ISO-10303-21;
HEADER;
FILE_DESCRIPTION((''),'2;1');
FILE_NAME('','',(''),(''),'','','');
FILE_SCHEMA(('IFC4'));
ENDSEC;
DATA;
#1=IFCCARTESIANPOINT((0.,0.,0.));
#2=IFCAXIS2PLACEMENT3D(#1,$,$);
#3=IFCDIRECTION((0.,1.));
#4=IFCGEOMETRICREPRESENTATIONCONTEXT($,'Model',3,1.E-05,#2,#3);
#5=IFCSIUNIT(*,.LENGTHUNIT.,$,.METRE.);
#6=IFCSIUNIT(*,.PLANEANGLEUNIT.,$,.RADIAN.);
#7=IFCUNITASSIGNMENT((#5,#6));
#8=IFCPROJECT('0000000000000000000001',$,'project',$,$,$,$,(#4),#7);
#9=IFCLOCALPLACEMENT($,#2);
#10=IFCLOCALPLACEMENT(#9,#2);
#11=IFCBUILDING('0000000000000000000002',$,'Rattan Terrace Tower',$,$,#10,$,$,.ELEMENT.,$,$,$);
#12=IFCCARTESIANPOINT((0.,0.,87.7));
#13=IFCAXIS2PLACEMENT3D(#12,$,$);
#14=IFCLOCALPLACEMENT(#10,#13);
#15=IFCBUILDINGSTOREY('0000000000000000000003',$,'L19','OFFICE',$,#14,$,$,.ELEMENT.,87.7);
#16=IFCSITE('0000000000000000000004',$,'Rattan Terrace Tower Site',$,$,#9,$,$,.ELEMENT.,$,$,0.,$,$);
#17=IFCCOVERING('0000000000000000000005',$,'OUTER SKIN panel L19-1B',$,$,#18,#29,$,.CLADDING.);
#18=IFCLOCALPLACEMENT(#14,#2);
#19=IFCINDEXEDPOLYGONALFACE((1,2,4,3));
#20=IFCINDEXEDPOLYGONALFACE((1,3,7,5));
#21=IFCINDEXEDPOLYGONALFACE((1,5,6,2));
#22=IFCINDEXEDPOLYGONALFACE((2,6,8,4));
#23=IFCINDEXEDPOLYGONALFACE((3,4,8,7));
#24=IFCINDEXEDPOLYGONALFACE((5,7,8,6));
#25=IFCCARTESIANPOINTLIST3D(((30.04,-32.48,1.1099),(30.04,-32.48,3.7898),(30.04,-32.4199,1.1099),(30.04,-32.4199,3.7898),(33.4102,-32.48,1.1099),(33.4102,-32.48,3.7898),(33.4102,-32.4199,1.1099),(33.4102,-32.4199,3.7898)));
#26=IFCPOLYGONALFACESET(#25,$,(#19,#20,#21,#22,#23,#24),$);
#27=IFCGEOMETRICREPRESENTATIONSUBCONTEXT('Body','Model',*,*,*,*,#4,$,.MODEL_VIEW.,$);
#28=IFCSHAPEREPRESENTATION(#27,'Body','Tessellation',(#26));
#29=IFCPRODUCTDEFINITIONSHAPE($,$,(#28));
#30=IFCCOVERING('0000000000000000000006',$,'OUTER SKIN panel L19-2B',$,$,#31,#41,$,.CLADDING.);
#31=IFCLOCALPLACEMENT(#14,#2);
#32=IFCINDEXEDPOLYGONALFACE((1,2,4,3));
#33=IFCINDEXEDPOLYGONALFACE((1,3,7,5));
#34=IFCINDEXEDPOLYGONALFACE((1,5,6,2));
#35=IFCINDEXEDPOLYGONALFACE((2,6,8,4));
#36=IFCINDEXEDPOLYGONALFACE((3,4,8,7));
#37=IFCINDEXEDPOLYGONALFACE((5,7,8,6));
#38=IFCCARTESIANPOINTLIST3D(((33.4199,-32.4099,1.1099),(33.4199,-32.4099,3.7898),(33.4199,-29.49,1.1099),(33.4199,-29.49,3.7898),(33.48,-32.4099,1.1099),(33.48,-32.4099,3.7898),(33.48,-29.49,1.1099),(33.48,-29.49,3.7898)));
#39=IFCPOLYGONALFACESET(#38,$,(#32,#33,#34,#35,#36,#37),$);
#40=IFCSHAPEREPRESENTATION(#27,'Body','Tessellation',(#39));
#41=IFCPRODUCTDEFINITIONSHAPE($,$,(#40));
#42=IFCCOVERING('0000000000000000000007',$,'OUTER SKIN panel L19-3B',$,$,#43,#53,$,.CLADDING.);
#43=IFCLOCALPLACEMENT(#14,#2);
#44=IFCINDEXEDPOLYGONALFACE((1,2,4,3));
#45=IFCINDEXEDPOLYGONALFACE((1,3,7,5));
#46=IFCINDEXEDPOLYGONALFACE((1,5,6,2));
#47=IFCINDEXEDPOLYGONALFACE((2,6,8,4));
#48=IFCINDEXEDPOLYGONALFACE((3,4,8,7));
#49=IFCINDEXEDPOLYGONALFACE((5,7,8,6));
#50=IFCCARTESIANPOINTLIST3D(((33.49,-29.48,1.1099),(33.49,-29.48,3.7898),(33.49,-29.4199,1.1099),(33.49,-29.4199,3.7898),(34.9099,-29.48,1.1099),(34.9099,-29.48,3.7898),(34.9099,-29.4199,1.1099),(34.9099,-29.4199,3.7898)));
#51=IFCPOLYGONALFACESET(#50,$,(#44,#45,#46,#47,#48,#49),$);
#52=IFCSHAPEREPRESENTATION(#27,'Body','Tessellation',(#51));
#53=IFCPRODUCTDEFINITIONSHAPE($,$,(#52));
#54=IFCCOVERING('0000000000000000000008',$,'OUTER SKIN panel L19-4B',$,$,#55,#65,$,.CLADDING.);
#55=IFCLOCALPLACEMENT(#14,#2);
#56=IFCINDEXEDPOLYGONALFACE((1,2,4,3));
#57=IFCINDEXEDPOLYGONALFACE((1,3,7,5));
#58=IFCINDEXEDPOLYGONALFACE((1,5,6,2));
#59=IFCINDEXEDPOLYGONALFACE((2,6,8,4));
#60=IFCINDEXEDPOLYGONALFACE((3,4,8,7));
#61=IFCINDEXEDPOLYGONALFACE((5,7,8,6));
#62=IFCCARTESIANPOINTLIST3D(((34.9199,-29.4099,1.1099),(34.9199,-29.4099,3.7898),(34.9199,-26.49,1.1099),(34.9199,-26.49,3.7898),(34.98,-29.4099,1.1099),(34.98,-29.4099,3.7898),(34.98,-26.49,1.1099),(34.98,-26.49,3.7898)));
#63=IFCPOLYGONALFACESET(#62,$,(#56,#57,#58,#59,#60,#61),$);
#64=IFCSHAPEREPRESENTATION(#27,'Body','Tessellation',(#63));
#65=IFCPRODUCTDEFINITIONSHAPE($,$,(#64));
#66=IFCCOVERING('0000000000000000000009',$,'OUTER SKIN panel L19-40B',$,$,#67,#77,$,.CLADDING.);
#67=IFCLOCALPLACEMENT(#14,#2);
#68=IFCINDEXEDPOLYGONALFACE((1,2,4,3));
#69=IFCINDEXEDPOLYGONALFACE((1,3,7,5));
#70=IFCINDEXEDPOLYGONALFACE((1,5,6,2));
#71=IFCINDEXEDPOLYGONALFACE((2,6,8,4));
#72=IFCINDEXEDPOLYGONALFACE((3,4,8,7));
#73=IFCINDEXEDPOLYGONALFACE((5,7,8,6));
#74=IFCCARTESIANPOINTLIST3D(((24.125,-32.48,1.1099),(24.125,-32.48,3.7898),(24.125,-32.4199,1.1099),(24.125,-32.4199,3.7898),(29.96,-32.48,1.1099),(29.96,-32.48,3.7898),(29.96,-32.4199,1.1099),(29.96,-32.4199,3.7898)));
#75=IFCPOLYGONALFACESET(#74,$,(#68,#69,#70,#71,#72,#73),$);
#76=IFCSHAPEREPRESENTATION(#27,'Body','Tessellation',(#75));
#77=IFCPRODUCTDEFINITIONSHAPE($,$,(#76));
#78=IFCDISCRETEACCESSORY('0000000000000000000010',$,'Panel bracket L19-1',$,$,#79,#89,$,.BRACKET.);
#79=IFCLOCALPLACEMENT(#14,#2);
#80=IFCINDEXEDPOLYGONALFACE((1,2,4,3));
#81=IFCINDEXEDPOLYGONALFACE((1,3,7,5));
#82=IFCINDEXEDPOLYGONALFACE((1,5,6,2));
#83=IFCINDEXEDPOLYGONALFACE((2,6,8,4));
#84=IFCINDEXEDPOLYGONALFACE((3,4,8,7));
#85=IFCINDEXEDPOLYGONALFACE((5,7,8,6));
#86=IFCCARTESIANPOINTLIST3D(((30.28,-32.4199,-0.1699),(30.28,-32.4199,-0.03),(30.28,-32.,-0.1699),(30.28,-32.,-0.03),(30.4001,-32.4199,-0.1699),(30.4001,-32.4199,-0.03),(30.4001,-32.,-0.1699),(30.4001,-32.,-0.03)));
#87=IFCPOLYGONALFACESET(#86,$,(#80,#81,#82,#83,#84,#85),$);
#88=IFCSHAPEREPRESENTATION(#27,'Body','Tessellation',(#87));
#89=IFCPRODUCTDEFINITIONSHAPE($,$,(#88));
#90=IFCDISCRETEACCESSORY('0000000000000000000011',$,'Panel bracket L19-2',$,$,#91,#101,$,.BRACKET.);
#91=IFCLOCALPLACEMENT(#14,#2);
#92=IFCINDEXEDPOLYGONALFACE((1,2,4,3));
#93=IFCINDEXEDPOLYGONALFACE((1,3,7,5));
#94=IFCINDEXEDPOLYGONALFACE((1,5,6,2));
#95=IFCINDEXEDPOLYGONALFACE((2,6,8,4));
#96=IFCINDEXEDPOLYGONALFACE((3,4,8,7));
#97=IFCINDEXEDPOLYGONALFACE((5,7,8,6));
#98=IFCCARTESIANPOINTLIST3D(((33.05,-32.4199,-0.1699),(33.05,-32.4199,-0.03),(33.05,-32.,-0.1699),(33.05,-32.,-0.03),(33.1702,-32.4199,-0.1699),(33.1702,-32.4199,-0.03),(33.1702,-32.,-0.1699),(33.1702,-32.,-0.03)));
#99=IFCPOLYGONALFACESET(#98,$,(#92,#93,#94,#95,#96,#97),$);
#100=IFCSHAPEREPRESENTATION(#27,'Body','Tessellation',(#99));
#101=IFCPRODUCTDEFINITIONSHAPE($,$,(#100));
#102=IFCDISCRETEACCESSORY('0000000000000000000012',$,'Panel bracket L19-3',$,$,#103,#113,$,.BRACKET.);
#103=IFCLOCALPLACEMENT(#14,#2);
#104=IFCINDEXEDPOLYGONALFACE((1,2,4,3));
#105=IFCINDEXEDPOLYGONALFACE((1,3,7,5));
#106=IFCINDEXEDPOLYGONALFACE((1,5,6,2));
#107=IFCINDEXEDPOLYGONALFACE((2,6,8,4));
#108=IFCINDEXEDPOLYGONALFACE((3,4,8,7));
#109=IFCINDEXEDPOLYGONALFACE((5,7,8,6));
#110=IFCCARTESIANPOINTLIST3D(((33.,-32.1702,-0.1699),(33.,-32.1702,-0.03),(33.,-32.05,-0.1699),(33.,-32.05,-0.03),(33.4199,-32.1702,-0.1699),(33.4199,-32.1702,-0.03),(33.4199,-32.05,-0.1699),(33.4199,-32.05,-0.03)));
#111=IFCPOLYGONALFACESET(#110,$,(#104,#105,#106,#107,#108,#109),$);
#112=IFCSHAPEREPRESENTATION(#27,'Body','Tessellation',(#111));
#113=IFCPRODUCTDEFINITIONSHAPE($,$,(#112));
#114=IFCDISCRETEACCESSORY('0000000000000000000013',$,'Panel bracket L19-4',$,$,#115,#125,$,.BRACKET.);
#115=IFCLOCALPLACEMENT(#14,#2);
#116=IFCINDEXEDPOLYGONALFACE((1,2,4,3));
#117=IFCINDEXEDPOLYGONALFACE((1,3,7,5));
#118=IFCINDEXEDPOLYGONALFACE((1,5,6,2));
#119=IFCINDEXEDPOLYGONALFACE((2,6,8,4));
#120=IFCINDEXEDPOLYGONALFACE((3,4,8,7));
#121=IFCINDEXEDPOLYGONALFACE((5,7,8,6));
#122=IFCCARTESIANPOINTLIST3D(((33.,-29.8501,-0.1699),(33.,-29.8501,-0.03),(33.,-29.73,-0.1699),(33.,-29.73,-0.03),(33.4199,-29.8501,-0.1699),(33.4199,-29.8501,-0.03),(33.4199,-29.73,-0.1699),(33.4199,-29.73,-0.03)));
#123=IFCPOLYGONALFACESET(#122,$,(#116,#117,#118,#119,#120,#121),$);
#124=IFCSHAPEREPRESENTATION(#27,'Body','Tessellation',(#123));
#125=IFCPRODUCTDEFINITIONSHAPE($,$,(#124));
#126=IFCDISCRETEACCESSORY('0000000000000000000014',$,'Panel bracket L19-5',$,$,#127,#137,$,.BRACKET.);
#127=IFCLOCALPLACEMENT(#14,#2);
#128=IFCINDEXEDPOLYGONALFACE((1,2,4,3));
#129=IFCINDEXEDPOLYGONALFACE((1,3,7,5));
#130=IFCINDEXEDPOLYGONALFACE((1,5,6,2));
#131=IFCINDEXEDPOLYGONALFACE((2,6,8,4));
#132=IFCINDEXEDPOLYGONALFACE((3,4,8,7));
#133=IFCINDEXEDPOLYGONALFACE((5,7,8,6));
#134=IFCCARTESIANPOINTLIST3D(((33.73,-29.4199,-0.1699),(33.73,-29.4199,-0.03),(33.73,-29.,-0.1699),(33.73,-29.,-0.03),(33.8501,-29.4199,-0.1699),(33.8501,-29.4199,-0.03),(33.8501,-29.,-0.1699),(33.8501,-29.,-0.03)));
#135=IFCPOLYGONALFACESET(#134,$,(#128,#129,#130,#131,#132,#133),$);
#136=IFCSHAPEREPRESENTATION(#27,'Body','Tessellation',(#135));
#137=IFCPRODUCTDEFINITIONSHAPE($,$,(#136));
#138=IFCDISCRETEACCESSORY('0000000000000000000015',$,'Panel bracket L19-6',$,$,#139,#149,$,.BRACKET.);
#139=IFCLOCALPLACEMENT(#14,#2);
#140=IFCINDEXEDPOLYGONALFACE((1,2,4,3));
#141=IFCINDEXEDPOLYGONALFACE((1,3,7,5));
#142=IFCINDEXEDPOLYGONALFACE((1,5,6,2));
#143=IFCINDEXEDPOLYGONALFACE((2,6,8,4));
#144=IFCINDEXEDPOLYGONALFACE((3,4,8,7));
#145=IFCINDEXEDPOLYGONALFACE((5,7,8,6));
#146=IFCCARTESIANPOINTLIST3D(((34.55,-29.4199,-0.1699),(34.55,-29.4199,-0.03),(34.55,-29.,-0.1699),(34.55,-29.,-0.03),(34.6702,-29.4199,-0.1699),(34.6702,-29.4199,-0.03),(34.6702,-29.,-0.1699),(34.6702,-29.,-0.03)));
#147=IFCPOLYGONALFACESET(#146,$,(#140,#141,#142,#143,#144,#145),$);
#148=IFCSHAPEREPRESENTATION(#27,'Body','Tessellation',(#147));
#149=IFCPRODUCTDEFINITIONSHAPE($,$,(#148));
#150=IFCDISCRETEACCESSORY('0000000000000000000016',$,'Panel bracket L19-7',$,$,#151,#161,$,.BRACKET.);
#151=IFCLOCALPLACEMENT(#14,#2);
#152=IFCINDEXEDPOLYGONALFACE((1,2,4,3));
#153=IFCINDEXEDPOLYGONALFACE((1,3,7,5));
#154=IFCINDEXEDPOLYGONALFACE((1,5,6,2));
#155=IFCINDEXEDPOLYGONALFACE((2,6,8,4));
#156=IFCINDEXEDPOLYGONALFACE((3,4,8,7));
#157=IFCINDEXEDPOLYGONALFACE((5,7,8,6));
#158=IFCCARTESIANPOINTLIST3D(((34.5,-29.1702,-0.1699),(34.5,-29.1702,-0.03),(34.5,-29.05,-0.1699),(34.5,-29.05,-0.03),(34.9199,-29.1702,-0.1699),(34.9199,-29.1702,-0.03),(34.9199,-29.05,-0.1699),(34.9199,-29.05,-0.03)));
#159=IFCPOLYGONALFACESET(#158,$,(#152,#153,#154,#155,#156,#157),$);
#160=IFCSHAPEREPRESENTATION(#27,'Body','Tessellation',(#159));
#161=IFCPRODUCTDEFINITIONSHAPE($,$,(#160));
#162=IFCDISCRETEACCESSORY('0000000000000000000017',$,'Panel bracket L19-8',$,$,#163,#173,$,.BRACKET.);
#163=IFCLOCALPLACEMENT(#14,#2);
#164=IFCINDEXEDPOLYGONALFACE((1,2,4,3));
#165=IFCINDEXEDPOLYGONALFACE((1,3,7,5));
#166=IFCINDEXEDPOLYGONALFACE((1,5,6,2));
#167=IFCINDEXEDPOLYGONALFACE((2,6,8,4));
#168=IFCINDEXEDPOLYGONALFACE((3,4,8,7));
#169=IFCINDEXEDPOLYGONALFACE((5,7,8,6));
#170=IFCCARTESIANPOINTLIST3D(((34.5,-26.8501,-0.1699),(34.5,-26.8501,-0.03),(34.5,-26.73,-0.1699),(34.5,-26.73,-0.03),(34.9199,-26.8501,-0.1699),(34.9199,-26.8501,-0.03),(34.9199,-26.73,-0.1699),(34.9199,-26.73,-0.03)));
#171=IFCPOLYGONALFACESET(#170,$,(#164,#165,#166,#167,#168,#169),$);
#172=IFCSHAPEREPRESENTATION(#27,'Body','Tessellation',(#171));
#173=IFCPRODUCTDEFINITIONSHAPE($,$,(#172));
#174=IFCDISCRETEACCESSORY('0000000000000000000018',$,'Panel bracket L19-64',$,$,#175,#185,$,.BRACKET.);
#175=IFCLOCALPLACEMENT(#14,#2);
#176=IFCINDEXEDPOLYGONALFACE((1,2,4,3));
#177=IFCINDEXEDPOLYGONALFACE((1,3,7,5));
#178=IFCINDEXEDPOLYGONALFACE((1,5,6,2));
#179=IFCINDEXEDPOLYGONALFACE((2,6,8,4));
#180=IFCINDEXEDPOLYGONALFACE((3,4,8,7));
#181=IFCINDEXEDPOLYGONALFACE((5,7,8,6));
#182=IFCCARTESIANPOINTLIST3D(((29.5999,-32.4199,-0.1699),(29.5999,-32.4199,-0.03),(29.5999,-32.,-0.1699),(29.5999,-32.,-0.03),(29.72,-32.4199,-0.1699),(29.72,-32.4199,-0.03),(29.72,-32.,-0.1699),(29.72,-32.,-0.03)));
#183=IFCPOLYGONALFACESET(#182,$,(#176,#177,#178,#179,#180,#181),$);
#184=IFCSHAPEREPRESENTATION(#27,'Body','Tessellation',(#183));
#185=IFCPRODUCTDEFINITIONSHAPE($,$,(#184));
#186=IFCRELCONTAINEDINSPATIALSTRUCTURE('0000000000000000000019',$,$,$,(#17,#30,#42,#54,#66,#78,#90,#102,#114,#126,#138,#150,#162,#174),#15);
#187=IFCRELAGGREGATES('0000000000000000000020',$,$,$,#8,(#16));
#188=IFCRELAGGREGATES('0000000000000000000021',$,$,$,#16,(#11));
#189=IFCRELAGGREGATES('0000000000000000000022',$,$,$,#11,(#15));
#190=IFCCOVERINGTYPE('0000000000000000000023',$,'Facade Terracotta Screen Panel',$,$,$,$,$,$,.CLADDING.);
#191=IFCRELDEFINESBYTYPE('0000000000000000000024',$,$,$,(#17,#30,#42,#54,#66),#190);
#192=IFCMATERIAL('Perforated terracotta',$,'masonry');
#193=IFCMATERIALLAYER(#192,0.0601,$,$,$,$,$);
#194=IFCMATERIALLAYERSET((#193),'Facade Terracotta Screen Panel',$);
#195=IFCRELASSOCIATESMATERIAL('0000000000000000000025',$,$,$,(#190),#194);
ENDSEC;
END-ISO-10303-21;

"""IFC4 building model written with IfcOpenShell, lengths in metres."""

from ifc_helpers import new_model, si_unit, direction, frame, origin, origin_2d, place, context, subcontext, project, spatial, rectangle, extrude, material, layer, layer_set, type_object, element, save


model = new_model("IFC4")

# Units and contexts
model_context = context("Model", 3, precision=1e-05, world=origin(), true_north=direction((0.0, 1.0)))
body_context = subcontext(model_context, "Body", "Model", "MODEL_VIEW")
ifc_project = project(units=[si_unit("LENGTHUNIT", "METRE"), si_unit("PLANEANGLEUNIT", "RADIAN")], contexts=[model_context])

# Site, building, storey
site_placement = place(None, origin())
site = spatial("IfcSite", under=ifc_project, at=site_placement, Name="Rattan Terrace Tower Site", CompositionType="ELEMENT", RefElevation=0.0)
building_placement = place(site_placement, origin())
building = spatial("IfcBuilding", under=site, at=building_placement, Name="Rattan Terrace Tower", CompositionType="ELEMENT")
storey_placement = place(building_placement, frame((0.0, 0.0, 87.7)))
storey = spatial("IfcBuildingStorey", under=building, at=storey_placement, Name="L19", Description="OFFICE", CompositionType="ELEMENT", Elevation=87.7)

# Coverings
ifc_material_1 = material(Name="Perforated terracotta", Category="masonry")
ifc_layer_1 = layer(ifc_material_1, 0.0601)
ifc_layer_set_1 = layer_set([ifc_layer_1], Name="Facade Terracotta Screen Panel")
covering_type_1 = type_object("IfcCoveringType", Name="Facade Terracotta Screen Panel", PredefinedType="CLADDING", material=ifc_layer_set_1)
covering_1_placement = place(storey_placement, frame((31.7251, -32.45, 1.1099), z_axis=(0.0, 0.0, 1.0), x_axis=(1.0, 0.0, 0.0)))
element("IfcCovering", 1, at=covering_1_placement, inside=storey, type_object=covering_type_1, Name="OUTER SKIN panel L19-1B", PredefinedType="CLADDING", context=body_context, shape_type="SweptSolid", body=[
    extrude(rectangle(XDim=3.3701, YDim=0.0601, at=origin_2d()), origin(), (0.0, 0.0, 1.0), 2.6799),
])
covering_2_placement = place(storey_placement, frame((33.45, -30.95, 1.1099), z_axis=(0.0, 0.0, 1.0), x_axis=(0.0, 1.0, 0.0)))
element("IfcCovering", 2, at=covering_2_placement, inside=storey, type_object=covering_type_1, Name="OUTER SKIN panel L19-2B", PredefinedType="CLADDING", context=body_context, shape_type="SweptSolid", body=[
    extrude(rectangle(XDim=2.9199, YDim=0.0601, at=origin_2d()), origin(), (0.0, 0.0, 1.0), 2.6799),
])
covering_3_placement = place(storey_placement, frame((34.2, -29.45, 1.1099), z_axis=(0.0, 0.0, 1.0), x_axis=(1.0, 0.0, 0.0)))
element("IfcCovering", 3, at=covering_3_placement, inside=storey, type_object=covering_type_1, Name="OUTER SKIN panel L19-3B", PredefinedType="CLADDING", context=body_context, shape_type="SweptSolid", body=[
    extrude(rectangle(XDim=1.4199, YDim=0.0601, at=origin_2d()), origin(), (0.0, 0.0, 1.0), 2.6799),
])
covering_4_placement = place(storey_placement, frame((34.95, -27.95, 1.1099), z_axis=(0.0, 0.0, 1.0), x_axis=(0.0, 1.0, 0.0)))
element("IfcCovering", 4, at=covering_4_placement, inside=storey, type_object=covering_type_1, Name="OUTER SKIN panel L19-4B", PredefinedType="CLADDING", context=body_context, shape_type="SweptSolid", body=[
    extrude(rectangle(XDim=2.9199, YDim=0.0601, at=origin_2d()), origin(), (0.0, 0.0, 1.0), 2.6799),
])
covering_5_placement = place(storey_placement, frame((27.0425, -32.45, 1.1099), z_axis=(0.0, 0.0, 1.0), x_axis=(1.0, 0.0, 0.0)))
element("IfcCovering", 5, at=covering_5_placement, inside=storey, type_object=covering_type_1, Name="OUTER SKIN panel L19-40B", PredefinedType="CLADDING", context=body_context, shape_type="SweptSolid", body=[
    extrude(rectangle(XDim=5.835, YDim=0.0601, at=origin_2d()), origin(), (0.0, 0.0, 1.0), 2.6799),
])

# Discrete accessories
for number, where, z_axis, x_axis, name in (
    (6, (30.3401, -32.21, -0.1699), (0.0, 0.0, 1.0), (1.0, 0.0, 0.0), "Panel bracket L19-1"),
    (7, (33.1101, -32.21, -0.1699), (0.0, 0.0, 1.0), (1.0, 0.0, 0.0), "Panel bracket L19-2"),
    (8, (33.21, -32.1101, -0.1699), (0.0, 0.0, 1.0), (0.0, 1.0, 0.0), "Panel bracket L19-3"),
    (9, (33.21, -29.79, -0.1699), (0.0, 0.0, 1.0), (0.0, 1.0, 0.0), "Panel bracket L19-4"),
    (10, (33.79, -29.21, -0.1699), (0.0, 0.0, 1.0), (1.0, 0.0, 0.0), "Panel bracket L19-5"),
    (11, (34.6101, -29.21, -0.1699), (0.0, 0.0, 1.0), (1.0, 0.0, 0.0), "Panel bracket L19-6"),
    (12, (34.71, -29.1101, -0.1699), (0.0, 0.0, 1.0), (0.0, 1.0, 0.0), "Panel bracket L19-7"),
    (13, (34.71, -26.79, -0.1699), (0.0, 0.0, 1.0), (0.0, 1.0, 0.0), "Panel bracket L19-8"),
    (14, (29.6599, -32.21, -0.1699), (0.0, 0.0, 1.0), (1.0, 0.0, 0.0), "Panel bracket L19-64"),
):
    element("IfcDiscreteAccessory", number, at=place(storey_placement, frame(where, z_axis=z_axis, x_axis=x_axis)), inside=storey, Name=name, PredefinedType="BRACKET", context=body_context, shape_type="SweptSolid", body=[
        extrude(rectangle(XDim=0.1201, YDim=0.4199, at=origin_2d()), origin(), (0.0, 0.0, 1.0), 0.1399),
    ])

save(model, "model.ifc")
